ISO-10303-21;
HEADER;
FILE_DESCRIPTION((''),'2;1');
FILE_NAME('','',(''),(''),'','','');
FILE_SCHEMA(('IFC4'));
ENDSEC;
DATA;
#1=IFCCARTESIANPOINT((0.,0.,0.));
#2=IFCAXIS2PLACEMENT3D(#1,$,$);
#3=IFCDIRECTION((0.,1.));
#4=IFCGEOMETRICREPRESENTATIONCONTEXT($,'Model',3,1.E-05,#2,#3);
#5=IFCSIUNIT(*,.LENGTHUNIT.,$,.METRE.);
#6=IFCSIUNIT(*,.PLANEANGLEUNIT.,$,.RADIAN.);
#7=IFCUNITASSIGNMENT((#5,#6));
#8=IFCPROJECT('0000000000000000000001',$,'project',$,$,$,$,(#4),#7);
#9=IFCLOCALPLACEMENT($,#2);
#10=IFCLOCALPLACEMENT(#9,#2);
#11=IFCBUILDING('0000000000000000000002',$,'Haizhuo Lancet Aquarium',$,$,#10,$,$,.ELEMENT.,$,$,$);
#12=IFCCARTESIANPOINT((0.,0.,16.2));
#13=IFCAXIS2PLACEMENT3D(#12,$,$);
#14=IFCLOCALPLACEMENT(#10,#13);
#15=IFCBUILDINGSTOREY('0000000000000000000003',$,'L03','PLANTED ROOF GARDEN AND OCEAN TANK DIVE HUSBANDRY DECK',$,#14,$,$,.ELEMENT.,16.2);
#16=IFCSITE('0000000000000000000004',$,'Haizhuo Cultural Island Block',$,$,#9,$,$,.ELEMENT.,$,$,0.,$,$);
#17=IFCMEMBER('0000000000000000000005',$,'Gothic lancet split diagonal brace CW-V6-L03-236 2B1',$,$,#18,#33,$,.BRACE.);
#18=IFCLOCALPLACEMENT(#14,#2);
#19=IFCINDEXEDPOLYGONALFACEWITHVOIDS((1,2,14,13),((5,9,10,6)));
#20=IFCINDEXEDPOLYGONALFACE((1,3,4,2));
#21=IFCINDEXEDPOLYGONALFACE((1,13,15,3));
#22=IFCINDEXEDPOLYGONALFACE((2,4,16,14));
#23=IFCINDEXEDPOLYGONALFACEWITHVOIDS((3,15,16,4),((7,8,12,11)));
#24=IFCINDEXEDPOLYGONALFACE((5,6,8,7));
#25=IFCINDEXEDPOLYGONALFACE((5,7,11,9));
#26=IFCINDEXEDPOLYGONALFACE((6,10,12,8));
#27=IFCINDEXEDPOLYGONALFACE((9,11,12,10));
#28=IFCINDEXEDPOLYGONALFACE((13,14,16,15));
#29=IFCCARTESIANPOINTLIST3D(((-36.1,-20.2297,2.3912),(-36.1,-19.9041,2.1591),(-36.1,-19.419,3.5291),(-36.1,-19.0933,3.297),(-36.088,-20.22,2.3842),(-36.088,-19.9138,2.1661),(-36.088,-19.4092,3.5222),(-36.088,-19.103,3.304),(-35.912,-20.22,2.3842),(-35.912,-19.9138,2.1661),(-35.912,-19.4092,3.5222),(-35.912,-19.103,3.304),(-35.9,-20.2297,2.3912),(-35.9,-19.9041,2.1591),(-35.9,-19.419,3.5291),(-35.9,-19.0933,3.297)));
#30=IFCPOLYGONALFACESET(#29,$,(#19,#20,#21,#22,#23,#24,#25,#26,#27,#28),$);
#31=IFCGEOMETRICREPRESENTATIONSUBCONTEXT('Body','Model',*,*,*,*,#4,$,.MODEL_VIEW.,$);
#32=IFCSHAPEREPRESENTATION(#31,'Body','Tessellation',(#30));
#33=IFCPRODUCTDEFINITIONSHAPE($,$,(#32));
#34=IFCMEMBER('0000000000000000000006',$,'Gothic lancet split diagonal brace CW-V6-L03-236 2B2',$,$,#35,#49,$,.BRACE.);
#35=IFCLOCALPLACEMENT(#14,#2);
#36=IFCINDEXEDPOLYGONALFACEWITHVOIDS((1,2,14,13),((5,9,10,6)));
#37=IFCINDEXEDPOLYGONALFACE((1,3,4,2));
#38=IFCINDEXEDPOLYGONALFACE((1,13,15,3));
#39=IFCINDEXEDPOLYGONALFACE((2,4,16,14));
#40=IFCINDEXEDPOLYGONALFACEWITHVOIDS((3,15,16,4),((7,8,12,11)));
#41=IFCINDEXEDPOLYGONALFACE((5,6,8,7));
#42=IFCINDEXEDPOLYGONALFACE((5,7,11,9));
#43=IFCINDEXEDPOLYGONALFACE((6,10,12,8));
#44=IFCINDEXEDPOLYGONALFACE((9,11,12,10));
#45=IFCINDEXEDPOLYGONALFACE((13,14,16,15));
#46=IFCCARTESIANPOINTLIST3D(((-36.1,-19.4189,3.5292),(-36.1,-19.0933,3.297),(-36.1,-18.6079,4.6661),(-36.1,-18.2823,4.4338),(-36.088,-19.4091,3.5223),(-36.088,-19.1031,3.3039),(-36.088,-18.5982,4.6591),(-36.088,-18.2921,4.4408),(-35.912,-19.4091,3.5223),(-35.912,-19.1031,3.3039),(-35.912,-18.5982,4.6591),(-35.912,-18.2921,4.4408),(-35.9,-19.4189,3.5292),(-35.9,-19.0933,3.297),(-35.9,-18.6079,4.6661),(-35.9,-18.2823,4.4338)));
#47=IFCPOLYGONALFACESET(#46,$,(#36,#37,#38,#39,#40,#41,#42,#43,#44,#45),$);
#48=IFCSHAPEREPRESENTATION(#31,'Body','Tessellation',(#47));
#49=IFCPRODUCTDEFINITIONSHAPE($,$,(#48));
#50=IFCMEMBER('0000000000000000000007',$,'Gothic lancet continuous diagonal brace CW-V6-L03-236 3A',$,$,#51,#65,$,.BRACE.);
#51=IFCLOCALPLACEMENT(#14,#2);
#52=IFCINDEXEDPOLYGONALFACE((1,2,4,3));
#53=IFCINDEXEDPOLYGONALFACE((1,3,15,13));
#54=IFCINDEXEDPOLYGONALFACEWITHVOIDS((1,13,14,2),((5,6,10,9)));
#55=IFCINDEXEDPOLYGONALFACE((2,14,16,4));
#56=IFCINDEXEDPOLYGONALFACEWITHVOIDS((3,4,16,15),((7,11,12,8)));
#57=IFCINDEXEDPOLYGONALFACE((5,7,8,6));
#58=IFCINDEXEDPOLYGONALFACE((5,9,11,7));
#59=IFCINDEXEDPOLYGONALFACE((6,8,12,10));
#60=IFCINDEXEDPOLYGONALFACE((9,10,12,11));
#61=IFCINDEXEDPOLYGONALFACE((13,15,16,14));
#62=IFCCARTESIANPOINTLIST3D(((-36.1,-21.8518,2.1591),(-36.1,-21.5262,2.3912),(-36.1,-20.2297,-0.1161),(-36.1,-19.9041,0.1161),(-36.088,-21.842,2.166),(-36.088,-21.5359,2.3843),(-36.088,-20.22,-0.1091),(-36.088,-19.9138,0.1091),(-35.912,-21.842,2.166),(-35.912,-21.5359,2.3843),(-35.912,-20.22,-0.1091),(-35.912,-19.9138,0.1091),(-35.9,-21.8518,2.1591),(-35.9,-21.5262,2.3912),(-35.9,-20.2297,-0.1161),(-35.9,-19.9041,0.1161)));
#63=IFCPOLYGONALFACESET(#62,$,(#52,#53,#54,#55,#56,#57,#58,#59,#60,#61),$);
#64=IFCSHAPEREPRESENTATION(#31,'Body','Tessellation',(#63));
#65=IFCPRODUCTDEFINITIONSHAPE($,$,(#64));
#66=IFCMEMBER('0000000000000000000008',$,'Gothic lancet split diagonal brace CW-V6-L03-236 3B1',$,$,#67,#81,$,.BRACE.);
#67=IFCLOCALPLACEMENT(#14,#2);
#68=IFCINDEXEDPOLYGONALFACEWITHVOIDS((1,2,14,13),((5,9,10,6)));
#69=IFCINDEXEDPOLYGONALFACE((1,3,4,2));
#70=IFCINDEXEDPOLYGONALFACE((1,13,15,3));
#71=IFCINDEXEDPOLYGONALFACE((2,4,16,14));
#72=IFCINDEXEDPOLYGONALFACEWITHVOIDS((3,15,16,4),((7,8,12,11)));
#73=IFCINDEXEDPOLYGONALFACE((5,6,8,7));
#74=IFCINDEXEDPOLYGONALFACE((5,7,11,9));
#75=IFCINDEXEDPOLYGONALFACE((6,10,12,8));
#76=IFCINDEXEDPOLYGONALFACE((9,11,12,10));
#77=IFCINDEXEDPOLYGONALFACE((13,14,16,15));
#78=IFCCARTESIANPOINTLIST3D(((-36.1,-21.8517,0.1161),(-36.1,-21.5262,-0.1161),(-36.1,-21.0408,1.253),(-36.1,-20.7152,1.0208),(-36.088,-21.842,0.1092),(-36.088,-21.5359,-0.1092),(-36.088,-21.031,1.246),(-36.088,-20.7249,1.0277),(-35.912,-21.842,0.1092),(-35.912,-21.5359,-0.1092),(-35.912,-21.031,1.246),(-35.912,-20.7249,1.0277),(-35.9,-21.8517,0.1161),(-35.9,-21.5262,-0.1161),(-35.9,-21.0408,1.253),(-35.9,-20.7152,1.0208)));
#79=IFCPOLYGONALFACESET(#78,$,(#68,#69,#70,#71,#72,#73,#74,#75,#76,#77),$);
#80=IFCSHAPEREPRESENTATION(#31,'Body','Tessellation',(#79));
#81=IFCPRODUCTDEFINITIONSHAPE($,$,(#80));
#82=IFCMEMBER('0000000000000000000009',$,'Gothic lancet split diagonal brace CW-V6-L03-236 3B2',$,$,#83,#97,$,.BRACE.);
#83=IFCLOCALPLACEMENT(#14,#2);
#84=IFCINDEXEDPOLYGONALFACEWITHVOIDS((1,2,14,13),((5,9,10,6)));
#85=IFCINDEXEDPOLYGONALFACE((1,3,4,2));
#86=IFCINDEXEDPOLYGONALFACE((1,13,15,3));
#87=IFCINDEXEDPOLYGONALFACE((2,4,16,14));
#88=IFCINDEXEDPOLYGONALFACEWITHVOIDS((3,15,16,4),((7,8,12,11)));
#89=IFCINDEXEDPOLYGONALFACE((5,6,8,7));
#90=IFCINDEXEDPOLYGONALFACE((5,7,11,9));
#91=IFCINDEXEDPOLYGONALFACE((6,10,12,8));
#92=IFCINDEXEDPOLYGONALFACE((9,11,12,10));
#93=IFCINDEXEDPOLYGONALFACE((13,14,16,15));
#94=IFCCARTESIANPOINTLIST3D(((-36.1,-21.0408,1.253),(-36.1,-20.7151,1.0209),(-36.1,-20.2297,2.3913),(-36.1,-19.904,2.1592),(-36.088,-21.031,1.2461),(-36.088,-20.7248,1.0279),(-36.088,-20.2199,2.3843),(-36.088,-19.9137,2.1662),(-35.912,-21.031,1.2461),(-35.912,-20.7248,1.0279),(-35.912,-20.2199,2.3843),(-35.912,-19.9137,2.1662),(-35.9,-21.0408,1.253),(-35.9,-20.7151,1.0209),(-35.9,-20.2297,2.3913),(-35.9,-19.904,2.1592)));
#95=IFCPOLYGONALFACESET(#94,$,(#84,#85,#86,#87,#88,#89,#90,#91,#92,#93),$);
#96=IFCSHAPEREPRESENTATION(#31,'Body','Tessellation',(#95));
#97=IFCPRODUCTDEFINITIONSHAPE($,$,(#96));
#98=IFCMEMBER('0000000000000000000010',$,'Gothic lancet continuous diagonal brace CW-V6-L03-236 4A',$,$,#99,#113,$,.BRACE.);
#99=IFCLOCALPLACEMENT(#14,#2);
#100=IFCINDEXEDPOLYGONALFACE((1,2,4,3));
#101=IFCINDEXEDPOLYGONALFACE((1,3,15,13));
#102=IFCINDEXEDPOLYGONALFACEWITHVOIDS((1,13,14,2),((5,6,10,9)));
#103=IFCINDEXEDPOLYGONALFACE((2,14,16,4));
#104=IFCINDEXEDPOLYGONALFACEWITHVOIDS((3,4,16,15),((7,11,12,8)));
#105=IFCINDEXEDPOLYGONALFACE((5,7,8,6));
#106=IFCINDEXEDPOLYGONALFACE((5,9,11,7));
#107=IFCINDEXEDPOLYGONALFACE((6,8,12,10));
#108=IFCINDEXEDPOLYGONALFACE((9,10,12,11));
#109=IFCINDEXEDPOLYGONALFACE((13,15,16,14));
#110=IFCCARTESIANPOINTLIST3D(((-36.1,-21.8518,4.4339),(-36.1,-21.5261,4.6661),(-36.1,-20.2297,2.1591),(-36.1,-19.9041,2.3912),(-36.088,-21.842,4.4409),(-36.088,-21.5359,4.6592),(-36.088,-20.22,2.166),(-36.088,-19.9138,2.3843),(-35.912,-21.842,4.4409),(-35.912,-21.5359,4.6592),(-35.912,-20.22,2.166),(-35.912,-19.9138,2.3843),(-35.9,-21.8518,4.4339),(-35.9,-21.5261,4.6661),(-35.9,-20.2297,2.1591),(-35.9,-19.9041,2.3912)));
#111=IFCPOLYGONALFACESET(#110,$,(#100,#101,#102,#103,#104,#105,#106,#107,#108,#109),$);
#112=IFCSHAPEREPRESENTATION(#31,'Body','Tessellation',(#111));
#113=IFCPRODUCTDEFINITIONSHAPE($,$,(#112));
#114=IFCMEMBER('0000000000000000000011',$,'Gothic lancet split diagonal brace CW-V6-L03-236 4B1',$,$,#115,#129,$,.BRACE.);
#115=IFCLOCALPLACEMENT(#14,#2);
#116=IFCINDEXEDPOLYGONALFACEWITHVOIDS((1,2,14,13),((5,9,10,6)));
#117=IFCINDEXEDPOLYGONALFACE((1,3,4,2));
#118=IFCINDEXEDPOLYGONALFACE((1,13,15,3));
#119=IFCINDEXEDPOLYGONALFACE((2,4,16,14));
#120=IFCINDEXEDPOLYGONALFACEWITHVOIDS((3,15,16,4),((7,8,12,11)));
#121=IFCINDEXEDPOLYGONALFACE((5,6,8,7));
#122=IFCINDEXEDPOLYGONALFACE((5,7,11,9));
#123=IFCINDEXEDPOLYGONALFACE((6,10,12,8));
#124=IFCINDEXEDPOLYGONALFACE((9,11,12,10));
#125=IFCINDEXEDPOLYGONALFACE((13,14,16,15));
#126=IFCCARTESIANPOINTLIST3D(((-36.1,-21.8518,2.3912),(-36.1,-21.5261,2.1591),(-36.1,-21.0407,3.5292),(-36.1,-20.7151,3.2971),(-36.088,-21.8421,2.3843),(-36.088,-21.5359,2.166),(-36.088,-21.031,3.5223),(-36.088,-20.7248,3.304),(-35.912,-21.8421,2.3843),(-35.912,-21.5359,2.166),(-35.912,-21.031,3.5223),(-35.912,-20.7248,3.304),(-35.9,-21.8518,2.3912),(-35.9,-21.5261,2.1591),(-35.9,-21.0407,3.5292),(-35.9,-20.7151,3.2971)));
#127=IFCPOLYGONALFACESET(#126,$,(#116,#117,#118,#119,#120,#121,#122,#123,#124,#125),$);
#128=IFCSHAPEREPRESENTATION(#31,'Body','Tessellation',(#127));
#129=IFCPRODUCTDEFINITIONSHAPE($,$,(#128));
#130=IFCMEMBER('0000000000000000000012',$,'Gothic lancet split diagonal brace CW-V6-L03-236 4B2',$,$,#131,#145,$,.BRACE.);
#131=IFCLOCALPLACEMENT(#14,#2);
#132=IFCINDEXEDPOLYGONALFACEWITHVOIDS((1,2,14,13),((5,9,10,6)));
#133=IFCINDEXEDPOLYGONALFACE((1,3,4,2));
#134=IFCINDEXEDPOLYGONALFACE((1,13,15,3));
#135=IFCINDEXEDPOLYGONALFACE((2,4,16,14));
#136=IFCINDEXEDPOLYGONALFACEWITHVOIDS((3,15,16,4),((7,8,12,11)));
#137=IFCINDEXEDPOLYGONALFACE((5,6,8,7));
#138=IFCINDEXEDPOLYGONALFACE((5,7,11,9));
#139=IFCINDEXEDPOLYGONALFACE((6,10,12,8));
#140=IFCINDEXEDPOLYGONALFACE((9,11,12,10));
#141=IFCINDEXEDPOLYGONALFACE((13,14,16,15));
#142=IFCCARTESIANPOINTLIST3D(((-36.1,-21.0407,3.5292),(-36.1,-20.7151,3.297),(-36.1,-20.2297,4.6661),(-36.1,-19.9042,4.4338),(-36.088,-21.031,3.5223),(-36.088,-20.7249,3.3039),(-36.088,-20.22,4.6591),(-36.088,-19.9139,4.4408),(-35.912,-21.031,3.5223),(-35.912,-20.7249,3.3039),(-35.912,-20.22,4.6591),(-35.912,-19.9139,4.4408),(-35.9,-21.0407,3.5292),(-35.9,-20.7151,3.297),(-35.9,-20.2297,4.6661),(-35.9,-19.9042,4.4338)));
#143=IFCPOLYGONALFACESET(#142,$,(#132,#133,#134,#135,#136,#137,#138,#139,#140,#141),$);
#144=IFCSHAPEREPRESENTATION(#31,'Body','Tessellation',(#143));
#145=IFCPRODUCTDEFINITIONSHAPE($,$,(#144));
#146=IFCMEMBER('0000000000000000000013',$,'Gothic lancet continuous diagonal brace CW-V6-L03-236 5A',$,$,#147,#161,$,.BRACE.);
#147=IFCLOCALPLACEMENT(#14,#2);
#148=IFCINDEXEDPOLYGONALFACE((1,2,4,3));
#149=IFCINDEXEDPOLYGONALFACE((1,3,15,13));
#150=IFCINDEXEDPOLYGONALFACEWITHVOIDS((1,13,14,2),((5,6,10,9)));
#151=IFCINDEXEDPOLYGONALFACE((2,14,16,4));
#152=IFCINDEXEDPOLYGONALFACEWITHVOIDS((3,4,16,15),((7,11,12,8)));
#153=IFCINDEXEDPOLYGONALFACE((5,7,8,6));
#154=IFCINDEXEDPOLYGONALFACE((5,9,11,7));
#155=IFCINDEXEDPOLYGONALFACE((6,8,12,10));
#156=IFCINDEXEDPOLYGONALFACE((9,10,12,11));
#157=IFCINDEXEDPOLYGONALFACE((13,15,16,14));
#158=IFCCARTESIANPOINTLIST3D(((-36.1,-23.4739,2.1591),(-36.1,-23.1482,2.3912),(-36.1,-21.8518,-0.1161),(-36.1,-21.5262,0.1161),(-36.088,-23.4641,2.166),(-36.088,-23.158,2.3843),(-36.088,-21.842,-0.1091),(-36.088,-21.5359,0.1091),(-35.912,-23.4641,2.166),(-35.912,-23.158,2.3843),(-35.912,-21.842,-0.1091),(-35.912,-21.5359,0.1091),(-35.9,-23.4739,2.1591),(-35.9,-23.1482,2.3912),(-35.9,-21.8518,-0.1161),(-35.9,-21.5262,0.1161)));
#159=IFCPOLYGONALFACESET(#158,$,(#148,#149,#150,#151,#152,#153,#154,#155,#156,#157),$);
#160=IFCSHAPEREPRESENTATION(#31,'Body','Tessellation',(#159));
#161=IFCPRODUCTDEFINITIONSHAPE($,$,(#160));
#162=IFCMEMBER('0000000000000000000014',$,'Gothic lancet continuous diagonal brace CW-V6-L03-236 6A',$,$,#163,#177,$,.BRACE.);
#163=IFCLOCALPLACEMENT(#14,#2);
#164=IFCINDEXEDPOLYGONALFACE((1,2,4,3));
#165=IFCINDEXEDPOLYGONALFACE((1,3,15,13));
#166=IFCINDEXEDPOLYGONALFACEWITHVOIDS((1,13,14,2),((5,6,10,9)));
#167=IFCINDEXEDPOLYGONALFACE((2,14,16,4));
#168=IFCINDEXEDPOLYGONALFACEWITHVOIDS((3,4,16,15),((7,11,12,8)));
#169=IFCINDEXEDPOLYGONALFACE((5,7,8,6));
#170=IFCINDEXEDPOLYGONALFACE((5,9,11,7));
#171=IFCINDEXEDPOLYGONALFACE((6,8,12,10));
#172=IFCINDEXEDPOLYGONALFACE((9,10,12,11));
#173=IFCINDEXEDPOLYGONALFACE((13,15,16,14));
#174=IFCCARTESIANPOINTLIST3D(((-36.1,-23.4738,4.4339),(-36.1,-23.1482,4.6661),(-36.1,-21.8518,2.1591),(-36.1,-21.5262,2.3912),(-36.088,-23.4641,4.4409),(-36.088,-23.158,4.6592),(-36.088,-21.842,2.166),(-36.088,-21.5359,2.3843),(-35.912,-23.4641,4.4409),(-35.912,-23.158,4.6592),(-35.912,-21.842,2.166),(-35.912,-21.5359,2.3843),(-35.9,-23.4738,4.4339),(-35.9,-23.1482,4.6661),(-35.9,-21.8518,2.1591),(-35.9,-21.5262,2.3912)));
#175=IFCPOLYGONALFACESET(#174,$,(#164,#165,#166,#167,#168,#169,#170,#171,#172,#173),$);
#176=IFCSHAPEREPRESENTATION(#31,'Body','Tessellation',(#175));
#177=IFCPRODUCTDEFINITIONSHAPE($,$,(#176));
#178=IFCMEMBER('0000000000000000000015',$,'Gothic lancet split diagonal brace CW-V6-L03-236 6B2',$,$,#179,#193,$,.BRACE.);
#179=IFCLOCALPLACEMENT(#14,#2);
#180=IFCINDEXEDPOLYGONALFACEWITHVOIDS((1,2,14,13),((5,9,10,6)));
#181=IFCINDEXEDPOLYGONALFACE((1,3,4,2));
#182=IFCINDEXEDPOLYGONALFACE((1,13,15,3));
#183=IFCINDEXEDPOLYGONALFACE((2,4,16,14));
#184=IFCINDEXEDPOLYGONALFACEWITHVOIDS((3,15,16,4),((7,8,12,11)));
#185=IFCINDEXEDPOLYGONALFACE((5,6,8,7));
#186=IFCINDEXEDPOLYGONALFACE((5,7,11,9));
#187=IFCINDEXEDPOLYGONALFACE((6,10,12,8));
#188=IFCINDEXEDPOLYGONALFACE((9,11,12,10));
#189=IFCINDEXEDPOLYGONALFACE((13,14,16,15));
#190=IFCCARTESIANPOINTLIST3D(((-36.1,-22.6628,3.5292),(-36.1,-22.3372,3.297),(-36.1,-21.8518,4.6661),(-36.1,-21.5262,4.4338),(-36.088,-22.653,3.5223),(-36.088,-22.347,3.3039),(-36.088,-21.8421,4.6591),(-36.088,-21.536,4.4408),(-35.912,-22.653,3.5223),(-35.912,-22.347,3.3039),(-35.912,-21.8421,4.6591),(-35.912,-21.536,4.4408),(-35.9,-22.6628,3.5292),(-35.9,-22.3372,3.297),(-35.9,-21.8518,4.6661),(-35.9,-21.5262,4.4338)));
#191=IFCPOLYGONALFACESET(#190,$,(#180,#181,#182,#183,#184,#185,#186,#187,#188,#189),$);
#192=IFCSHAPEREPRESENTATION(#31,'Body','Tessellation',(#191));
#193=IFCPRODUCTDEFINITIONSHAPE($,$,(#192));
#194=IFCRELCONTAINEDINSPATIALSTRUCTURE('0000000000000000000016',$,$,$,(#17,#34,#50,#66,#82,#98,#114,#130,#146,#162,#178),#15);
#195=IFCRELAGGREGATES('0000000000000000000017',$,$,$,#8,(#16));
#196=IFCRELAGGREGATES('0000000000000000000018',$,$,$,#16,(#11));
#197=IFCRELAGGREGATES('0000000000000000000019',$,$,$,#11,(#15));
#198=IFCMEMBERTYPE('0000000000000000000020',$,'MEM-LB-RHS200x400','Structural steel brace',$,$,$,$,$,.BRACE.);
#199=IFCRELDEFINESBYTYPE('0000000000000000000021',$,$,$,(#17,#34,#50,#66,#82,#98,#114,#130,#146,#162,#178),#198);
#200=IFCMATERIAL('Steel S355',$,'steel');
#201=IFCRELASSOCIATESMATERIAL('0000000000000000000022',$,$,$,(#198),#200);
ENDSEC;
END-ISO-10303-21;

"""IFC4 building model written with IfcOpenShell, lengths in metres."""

from ifc_helpers import new_model, si_unit, direction, frame, origin, origin_2d, place, context, subcontext, project, spatial, hollow_rectangle, extrude, material, material_profile, profile_set, type_object, element, save


model = new_model("IFC4")

# Units and contexts
model_context = context("Model", 3, precision=1e-05, world=origin(), true_north=direction((0.0, 1.0)))
body_context = subcontext(model_context, "Body", "Model", "MODEL_VIEW")
ifc_project = project(units=[si_unit("LENGTHUNIT", "METRE"), si_unit("PLANEANGLEUNIT", "RADIAN")], contexts=[model_context])

# Site, building, storey
site_placement = place(None, origin())
site = spatial("IfcSite", under=ifc_project, at=site_placement, Name="Haizhuo Cultural Island Block", CompositionType="ELEMENT", RefElevation=0.0)
building_placement = place(site_placement, origin())
building = spatial("IfcBuilding", under=site, at=building_placement, Name="Haizhuo Lancet Aquarium", CompositionType="ELEMENT")
storey_placement = place(building_placement, frame((0.0, 0.0, 16.2)))
storey = spatial("IfcBuildingStorey", under=building, at=storey_placement, Name="L03", Description="PLANTED ROOF GARDEN AND OCEAN TANK DIVE HUSBANDRY DECK", CompositionType="ELEMENT", Elevation=16.2)

# Members
ifc_material_1 = material(Name="Steel S355", Category="steel")
ifc_material_profile_1 = material_profile(ifc_material_1, hollow_rectangle(XDim=0.2, YDim=0.3999, WallThickness=0.012, at=origin_2d()), Name="RHS 200x400x12")
ifc_profile_set_1 = profile_set([ifc_material_profile_1], Name="Steel S355")
member_type_1 = type_object("IfcMemberType", Name="MEM-LB-RHS200x400", Description="Structural steel brace", PredefinedType="BRACE", material=ifc_profile_set_1)
member_1_placement = place(storey_placement, frame((-36.0, -20.0669, 2.2751), z_axis=(0.0, 0.580279, 0.814418), x_axis=(-1.0, 0.0, 0.0)))
element("IfcMember", 1, at=member_1_placement, inside=storey, type_object=member_type_1, Name="Gothic lancet split diagonal brace CW-V6-L03-236 2B1", PredefinedType="BRACE", context=body_context, shape_type="SweptSolid", body=[
    extrude(hollow_rectangle(XDim=0.2, YDim=0.3999, WallThickness=0.012, at=origin_2d()), origin(), (0.0, 0.0, 1.0), 1.3972),
])
member_2_placement = place(storey_placement, frame((-36.0, -19.2561, 3.4131), z_axis=(0.0, 0.580725, 0.814099), x_axis=(-1.0, 0.0, 0.0)))
element("IfcMember", 2, at=member_2_placement, inside=storey, type_object=member_type_1, Name="Gothic lancet split diagonal brace CW-V6-L03-236 2B2", PredefinedType="BRACE", context=body_context, shape_type="SweptSolid", body=[
    extrude(hollow_rectangle(XDim=0.2, YDim=0.3999, WallThickness=0.012, at=origin_2d()), origin(), (0.0, 0.0, 1.0), 1.3965),
])
member_3_placement = place(storey_placement, frame((-36.0, -20.0669, 0.0), z_axis=(0.0, -0.580519, 0.814247), x_axis=(1.0, 0.0, 0.0)))
element("IfcMember", 3, at=member_3_placement, inside=storey, type_object=member_type_1, Name="Gothic lancet continuous diagonal brace CW-V6-L03-236 3A", PredefinedType="BRACE", context=body_context, shape_type="SweptSolid", body=[
    extrude(hollow_rectangle(XDim=0.2, YDim=0.3999, WallThickness=0.012, at=origin_2d()), origin(), (0.0, 0.0, 1.0), 2.7942),
])
member_4_placement = place(storey_placement, frame((-36.0, -21.689, 0.0), z_axis=(0.0, 0.580725, 0.814099), x_axis=(-1.0, 0.0, 0.0)))
element("IfcMember", 4, at=member_4_placement, inside=storey, type_object=member_type_1, Name="Gothic lancet split diagonal brace CW-V6-L03-236 3B1", PredefinedType="BRACE", context=body_context, shape_type="SweptSolid", body=[
    extrude(hollow_rectangle(XDim=0.2, YDim=0.3999, WallThickness=0.012, at=origin_2d()), origin(), (0.0, 0.0, 1.0), 1.3965),
])
member_5_placement = place(storey_placement, frame((-36.0, -20.8779, 1.137), z_axis=(0.0, 0.580312, 0.814394), x_axis=(-1.0, 0.0, 0.0)))
element("IfcMember", 5, at=member_5_placement, inside=storey, type_object=member_type_1, Name="Gothic lancet split diagonal brace CW-V6-L03-236 3B2", PredefinedType="BRACE", context=body_context, shape_type="SweptSolid", body=[
    extrude(hollow_rectangle(XDim=0.2, YDim=0.3999, WallThickness=0.012, at=origin_2d()), origin(), (0.0, 0.0, 1.0), 1.3977),
])
member_6_placement = place(storey_placement, frame((-36.0, -20.0669, 2.2751), z_axis=(0.0, -0.58056, 0.814217), x_axis=(1.0, 0.0, 0.0)))
element("IfcMember", 6, at=member_6_placement, inside=storey, type_object=member_type_1, Name="Gothic lancet continuous diagonal brace CW-V6-L03-236 4A", PredefinedType="BRACE", context=body_context, shape_type="SweptSolid", body=[
    extrude(hollow_rectangle(XDim=0.2, YDim=0.3999, WallThickness=0.012, at=origin_2d()), origin(), (0.0, 0.0, 1.0), 2.7939),
])
member_7_placement = place(storey_placement, frame((-36.0, -21.689, 2.2751), z_axis=(0.0, 0.580395, 0.814335), x_axis=(-1.0, 0.0, 0.0)))
element("IfcMember", 7, at=member_7_placement, inside=storey, type_object=member_type_1, Name="Gothic lancet split diagonal brace CW-V6-L03-236 4B1", PredefinedType="BRACE", context=body_context, shape_type="SweptSolid", body=[
    extrude(hollow_rectangle(XDim=0.2, YDim=0.3999, WallThickness=0.012, at=origin_2d()), origin(), (0.0, 0.0, 1.0), 1.3975),
])
member_8_placement = place(storey_placement, frame((-36.0, -20.8779, 3.4131), z_axis=(0.0, 0.580725, 0.814099), x_axis=(-1.0, 0.0, 0.0)))
element("IfcMember", 8, at=member_8_placement, inside=storey, type_object=member_type_1, Name="Gothic lancet split diagonal brace CW-V6-L03-236 4B2", PredefinedType="BRACE", context=body_context, shape_type="SweptSolid", body=[
    extrude(hollow_rectangle(XDim=0.2, YDim=0.3999, WallThickness=0.012, at=origin_2d()), origin(), (0.0, 0.0, 1.0), 1.3965),
])
member_9_placement = place(storey_placement, frame((-36.0, -21.689, 0.0), z_axis=(0.0, -0.580519, 0.814247), x_axis=(1.0, 0.0, 0.0)))
element("IfcMember", 9, at=member_9_placement, inside=storey, type_object=member_type_1, Name="Gothic lancet continuous diagonal brace CW-V6-L03-236 5A", PredefinedType="BRACE", context=body_context, shape_type="SweptSolid", body=[
    extrude(hollow_rectangle(XDim=0.2, YDim=0.3999, WallThickness=0.012, at=origin_2d()), origin(), (0.0, 0.0, 1.0), 2.7942),
])
member_10_placement = place(storey_placement, frame((-36.0, -21.689, 2.2751), z_axis=(0.0, -0.58056, 0.814217), x_axis=(1.0, 0.0, 0.0)))
element("IfcMember", 10, at=member_10_placement, inside=storey, type_object=member_type_1, Name="Gothic lancet continuous diagonal brace CW-V6-L03-236 6A", PredefinedType="BRACE", context=body_context, shape_type="SweptSolid", body=[
    extrude(hollow_rectangle(XDim=0.2, YDim=0.3999, WallThickness=0.012, at=origin_2d()), origin(), (0.0, 0.0, 1.0), 2.7939),
])
member_11_placement = place(storey_placement, frame((-36.0, -22.5, 3.4131), z_axis=(0.0, 0.580725, 0.814099), x_axis=(-1.0, 0.0, 0.0)))
element("IfcMember", 11, at=member_11_placement, inside=storey, type_object=member_type_1, Name="Gothic lancet split diagonal brace CW-V6-L03-236 6B2", PredefinedType="BRACE", context=body_context, shape_type="SweptSolid", body=[
    extrude(hollow_rectangle(XDim=0.2, YDim=0.3999, WallThickness=0.012, at=origin_2d()), origin(), (0.0, 0.0, 1.0), 1.3965),
])

save(model, "model.ifc")
